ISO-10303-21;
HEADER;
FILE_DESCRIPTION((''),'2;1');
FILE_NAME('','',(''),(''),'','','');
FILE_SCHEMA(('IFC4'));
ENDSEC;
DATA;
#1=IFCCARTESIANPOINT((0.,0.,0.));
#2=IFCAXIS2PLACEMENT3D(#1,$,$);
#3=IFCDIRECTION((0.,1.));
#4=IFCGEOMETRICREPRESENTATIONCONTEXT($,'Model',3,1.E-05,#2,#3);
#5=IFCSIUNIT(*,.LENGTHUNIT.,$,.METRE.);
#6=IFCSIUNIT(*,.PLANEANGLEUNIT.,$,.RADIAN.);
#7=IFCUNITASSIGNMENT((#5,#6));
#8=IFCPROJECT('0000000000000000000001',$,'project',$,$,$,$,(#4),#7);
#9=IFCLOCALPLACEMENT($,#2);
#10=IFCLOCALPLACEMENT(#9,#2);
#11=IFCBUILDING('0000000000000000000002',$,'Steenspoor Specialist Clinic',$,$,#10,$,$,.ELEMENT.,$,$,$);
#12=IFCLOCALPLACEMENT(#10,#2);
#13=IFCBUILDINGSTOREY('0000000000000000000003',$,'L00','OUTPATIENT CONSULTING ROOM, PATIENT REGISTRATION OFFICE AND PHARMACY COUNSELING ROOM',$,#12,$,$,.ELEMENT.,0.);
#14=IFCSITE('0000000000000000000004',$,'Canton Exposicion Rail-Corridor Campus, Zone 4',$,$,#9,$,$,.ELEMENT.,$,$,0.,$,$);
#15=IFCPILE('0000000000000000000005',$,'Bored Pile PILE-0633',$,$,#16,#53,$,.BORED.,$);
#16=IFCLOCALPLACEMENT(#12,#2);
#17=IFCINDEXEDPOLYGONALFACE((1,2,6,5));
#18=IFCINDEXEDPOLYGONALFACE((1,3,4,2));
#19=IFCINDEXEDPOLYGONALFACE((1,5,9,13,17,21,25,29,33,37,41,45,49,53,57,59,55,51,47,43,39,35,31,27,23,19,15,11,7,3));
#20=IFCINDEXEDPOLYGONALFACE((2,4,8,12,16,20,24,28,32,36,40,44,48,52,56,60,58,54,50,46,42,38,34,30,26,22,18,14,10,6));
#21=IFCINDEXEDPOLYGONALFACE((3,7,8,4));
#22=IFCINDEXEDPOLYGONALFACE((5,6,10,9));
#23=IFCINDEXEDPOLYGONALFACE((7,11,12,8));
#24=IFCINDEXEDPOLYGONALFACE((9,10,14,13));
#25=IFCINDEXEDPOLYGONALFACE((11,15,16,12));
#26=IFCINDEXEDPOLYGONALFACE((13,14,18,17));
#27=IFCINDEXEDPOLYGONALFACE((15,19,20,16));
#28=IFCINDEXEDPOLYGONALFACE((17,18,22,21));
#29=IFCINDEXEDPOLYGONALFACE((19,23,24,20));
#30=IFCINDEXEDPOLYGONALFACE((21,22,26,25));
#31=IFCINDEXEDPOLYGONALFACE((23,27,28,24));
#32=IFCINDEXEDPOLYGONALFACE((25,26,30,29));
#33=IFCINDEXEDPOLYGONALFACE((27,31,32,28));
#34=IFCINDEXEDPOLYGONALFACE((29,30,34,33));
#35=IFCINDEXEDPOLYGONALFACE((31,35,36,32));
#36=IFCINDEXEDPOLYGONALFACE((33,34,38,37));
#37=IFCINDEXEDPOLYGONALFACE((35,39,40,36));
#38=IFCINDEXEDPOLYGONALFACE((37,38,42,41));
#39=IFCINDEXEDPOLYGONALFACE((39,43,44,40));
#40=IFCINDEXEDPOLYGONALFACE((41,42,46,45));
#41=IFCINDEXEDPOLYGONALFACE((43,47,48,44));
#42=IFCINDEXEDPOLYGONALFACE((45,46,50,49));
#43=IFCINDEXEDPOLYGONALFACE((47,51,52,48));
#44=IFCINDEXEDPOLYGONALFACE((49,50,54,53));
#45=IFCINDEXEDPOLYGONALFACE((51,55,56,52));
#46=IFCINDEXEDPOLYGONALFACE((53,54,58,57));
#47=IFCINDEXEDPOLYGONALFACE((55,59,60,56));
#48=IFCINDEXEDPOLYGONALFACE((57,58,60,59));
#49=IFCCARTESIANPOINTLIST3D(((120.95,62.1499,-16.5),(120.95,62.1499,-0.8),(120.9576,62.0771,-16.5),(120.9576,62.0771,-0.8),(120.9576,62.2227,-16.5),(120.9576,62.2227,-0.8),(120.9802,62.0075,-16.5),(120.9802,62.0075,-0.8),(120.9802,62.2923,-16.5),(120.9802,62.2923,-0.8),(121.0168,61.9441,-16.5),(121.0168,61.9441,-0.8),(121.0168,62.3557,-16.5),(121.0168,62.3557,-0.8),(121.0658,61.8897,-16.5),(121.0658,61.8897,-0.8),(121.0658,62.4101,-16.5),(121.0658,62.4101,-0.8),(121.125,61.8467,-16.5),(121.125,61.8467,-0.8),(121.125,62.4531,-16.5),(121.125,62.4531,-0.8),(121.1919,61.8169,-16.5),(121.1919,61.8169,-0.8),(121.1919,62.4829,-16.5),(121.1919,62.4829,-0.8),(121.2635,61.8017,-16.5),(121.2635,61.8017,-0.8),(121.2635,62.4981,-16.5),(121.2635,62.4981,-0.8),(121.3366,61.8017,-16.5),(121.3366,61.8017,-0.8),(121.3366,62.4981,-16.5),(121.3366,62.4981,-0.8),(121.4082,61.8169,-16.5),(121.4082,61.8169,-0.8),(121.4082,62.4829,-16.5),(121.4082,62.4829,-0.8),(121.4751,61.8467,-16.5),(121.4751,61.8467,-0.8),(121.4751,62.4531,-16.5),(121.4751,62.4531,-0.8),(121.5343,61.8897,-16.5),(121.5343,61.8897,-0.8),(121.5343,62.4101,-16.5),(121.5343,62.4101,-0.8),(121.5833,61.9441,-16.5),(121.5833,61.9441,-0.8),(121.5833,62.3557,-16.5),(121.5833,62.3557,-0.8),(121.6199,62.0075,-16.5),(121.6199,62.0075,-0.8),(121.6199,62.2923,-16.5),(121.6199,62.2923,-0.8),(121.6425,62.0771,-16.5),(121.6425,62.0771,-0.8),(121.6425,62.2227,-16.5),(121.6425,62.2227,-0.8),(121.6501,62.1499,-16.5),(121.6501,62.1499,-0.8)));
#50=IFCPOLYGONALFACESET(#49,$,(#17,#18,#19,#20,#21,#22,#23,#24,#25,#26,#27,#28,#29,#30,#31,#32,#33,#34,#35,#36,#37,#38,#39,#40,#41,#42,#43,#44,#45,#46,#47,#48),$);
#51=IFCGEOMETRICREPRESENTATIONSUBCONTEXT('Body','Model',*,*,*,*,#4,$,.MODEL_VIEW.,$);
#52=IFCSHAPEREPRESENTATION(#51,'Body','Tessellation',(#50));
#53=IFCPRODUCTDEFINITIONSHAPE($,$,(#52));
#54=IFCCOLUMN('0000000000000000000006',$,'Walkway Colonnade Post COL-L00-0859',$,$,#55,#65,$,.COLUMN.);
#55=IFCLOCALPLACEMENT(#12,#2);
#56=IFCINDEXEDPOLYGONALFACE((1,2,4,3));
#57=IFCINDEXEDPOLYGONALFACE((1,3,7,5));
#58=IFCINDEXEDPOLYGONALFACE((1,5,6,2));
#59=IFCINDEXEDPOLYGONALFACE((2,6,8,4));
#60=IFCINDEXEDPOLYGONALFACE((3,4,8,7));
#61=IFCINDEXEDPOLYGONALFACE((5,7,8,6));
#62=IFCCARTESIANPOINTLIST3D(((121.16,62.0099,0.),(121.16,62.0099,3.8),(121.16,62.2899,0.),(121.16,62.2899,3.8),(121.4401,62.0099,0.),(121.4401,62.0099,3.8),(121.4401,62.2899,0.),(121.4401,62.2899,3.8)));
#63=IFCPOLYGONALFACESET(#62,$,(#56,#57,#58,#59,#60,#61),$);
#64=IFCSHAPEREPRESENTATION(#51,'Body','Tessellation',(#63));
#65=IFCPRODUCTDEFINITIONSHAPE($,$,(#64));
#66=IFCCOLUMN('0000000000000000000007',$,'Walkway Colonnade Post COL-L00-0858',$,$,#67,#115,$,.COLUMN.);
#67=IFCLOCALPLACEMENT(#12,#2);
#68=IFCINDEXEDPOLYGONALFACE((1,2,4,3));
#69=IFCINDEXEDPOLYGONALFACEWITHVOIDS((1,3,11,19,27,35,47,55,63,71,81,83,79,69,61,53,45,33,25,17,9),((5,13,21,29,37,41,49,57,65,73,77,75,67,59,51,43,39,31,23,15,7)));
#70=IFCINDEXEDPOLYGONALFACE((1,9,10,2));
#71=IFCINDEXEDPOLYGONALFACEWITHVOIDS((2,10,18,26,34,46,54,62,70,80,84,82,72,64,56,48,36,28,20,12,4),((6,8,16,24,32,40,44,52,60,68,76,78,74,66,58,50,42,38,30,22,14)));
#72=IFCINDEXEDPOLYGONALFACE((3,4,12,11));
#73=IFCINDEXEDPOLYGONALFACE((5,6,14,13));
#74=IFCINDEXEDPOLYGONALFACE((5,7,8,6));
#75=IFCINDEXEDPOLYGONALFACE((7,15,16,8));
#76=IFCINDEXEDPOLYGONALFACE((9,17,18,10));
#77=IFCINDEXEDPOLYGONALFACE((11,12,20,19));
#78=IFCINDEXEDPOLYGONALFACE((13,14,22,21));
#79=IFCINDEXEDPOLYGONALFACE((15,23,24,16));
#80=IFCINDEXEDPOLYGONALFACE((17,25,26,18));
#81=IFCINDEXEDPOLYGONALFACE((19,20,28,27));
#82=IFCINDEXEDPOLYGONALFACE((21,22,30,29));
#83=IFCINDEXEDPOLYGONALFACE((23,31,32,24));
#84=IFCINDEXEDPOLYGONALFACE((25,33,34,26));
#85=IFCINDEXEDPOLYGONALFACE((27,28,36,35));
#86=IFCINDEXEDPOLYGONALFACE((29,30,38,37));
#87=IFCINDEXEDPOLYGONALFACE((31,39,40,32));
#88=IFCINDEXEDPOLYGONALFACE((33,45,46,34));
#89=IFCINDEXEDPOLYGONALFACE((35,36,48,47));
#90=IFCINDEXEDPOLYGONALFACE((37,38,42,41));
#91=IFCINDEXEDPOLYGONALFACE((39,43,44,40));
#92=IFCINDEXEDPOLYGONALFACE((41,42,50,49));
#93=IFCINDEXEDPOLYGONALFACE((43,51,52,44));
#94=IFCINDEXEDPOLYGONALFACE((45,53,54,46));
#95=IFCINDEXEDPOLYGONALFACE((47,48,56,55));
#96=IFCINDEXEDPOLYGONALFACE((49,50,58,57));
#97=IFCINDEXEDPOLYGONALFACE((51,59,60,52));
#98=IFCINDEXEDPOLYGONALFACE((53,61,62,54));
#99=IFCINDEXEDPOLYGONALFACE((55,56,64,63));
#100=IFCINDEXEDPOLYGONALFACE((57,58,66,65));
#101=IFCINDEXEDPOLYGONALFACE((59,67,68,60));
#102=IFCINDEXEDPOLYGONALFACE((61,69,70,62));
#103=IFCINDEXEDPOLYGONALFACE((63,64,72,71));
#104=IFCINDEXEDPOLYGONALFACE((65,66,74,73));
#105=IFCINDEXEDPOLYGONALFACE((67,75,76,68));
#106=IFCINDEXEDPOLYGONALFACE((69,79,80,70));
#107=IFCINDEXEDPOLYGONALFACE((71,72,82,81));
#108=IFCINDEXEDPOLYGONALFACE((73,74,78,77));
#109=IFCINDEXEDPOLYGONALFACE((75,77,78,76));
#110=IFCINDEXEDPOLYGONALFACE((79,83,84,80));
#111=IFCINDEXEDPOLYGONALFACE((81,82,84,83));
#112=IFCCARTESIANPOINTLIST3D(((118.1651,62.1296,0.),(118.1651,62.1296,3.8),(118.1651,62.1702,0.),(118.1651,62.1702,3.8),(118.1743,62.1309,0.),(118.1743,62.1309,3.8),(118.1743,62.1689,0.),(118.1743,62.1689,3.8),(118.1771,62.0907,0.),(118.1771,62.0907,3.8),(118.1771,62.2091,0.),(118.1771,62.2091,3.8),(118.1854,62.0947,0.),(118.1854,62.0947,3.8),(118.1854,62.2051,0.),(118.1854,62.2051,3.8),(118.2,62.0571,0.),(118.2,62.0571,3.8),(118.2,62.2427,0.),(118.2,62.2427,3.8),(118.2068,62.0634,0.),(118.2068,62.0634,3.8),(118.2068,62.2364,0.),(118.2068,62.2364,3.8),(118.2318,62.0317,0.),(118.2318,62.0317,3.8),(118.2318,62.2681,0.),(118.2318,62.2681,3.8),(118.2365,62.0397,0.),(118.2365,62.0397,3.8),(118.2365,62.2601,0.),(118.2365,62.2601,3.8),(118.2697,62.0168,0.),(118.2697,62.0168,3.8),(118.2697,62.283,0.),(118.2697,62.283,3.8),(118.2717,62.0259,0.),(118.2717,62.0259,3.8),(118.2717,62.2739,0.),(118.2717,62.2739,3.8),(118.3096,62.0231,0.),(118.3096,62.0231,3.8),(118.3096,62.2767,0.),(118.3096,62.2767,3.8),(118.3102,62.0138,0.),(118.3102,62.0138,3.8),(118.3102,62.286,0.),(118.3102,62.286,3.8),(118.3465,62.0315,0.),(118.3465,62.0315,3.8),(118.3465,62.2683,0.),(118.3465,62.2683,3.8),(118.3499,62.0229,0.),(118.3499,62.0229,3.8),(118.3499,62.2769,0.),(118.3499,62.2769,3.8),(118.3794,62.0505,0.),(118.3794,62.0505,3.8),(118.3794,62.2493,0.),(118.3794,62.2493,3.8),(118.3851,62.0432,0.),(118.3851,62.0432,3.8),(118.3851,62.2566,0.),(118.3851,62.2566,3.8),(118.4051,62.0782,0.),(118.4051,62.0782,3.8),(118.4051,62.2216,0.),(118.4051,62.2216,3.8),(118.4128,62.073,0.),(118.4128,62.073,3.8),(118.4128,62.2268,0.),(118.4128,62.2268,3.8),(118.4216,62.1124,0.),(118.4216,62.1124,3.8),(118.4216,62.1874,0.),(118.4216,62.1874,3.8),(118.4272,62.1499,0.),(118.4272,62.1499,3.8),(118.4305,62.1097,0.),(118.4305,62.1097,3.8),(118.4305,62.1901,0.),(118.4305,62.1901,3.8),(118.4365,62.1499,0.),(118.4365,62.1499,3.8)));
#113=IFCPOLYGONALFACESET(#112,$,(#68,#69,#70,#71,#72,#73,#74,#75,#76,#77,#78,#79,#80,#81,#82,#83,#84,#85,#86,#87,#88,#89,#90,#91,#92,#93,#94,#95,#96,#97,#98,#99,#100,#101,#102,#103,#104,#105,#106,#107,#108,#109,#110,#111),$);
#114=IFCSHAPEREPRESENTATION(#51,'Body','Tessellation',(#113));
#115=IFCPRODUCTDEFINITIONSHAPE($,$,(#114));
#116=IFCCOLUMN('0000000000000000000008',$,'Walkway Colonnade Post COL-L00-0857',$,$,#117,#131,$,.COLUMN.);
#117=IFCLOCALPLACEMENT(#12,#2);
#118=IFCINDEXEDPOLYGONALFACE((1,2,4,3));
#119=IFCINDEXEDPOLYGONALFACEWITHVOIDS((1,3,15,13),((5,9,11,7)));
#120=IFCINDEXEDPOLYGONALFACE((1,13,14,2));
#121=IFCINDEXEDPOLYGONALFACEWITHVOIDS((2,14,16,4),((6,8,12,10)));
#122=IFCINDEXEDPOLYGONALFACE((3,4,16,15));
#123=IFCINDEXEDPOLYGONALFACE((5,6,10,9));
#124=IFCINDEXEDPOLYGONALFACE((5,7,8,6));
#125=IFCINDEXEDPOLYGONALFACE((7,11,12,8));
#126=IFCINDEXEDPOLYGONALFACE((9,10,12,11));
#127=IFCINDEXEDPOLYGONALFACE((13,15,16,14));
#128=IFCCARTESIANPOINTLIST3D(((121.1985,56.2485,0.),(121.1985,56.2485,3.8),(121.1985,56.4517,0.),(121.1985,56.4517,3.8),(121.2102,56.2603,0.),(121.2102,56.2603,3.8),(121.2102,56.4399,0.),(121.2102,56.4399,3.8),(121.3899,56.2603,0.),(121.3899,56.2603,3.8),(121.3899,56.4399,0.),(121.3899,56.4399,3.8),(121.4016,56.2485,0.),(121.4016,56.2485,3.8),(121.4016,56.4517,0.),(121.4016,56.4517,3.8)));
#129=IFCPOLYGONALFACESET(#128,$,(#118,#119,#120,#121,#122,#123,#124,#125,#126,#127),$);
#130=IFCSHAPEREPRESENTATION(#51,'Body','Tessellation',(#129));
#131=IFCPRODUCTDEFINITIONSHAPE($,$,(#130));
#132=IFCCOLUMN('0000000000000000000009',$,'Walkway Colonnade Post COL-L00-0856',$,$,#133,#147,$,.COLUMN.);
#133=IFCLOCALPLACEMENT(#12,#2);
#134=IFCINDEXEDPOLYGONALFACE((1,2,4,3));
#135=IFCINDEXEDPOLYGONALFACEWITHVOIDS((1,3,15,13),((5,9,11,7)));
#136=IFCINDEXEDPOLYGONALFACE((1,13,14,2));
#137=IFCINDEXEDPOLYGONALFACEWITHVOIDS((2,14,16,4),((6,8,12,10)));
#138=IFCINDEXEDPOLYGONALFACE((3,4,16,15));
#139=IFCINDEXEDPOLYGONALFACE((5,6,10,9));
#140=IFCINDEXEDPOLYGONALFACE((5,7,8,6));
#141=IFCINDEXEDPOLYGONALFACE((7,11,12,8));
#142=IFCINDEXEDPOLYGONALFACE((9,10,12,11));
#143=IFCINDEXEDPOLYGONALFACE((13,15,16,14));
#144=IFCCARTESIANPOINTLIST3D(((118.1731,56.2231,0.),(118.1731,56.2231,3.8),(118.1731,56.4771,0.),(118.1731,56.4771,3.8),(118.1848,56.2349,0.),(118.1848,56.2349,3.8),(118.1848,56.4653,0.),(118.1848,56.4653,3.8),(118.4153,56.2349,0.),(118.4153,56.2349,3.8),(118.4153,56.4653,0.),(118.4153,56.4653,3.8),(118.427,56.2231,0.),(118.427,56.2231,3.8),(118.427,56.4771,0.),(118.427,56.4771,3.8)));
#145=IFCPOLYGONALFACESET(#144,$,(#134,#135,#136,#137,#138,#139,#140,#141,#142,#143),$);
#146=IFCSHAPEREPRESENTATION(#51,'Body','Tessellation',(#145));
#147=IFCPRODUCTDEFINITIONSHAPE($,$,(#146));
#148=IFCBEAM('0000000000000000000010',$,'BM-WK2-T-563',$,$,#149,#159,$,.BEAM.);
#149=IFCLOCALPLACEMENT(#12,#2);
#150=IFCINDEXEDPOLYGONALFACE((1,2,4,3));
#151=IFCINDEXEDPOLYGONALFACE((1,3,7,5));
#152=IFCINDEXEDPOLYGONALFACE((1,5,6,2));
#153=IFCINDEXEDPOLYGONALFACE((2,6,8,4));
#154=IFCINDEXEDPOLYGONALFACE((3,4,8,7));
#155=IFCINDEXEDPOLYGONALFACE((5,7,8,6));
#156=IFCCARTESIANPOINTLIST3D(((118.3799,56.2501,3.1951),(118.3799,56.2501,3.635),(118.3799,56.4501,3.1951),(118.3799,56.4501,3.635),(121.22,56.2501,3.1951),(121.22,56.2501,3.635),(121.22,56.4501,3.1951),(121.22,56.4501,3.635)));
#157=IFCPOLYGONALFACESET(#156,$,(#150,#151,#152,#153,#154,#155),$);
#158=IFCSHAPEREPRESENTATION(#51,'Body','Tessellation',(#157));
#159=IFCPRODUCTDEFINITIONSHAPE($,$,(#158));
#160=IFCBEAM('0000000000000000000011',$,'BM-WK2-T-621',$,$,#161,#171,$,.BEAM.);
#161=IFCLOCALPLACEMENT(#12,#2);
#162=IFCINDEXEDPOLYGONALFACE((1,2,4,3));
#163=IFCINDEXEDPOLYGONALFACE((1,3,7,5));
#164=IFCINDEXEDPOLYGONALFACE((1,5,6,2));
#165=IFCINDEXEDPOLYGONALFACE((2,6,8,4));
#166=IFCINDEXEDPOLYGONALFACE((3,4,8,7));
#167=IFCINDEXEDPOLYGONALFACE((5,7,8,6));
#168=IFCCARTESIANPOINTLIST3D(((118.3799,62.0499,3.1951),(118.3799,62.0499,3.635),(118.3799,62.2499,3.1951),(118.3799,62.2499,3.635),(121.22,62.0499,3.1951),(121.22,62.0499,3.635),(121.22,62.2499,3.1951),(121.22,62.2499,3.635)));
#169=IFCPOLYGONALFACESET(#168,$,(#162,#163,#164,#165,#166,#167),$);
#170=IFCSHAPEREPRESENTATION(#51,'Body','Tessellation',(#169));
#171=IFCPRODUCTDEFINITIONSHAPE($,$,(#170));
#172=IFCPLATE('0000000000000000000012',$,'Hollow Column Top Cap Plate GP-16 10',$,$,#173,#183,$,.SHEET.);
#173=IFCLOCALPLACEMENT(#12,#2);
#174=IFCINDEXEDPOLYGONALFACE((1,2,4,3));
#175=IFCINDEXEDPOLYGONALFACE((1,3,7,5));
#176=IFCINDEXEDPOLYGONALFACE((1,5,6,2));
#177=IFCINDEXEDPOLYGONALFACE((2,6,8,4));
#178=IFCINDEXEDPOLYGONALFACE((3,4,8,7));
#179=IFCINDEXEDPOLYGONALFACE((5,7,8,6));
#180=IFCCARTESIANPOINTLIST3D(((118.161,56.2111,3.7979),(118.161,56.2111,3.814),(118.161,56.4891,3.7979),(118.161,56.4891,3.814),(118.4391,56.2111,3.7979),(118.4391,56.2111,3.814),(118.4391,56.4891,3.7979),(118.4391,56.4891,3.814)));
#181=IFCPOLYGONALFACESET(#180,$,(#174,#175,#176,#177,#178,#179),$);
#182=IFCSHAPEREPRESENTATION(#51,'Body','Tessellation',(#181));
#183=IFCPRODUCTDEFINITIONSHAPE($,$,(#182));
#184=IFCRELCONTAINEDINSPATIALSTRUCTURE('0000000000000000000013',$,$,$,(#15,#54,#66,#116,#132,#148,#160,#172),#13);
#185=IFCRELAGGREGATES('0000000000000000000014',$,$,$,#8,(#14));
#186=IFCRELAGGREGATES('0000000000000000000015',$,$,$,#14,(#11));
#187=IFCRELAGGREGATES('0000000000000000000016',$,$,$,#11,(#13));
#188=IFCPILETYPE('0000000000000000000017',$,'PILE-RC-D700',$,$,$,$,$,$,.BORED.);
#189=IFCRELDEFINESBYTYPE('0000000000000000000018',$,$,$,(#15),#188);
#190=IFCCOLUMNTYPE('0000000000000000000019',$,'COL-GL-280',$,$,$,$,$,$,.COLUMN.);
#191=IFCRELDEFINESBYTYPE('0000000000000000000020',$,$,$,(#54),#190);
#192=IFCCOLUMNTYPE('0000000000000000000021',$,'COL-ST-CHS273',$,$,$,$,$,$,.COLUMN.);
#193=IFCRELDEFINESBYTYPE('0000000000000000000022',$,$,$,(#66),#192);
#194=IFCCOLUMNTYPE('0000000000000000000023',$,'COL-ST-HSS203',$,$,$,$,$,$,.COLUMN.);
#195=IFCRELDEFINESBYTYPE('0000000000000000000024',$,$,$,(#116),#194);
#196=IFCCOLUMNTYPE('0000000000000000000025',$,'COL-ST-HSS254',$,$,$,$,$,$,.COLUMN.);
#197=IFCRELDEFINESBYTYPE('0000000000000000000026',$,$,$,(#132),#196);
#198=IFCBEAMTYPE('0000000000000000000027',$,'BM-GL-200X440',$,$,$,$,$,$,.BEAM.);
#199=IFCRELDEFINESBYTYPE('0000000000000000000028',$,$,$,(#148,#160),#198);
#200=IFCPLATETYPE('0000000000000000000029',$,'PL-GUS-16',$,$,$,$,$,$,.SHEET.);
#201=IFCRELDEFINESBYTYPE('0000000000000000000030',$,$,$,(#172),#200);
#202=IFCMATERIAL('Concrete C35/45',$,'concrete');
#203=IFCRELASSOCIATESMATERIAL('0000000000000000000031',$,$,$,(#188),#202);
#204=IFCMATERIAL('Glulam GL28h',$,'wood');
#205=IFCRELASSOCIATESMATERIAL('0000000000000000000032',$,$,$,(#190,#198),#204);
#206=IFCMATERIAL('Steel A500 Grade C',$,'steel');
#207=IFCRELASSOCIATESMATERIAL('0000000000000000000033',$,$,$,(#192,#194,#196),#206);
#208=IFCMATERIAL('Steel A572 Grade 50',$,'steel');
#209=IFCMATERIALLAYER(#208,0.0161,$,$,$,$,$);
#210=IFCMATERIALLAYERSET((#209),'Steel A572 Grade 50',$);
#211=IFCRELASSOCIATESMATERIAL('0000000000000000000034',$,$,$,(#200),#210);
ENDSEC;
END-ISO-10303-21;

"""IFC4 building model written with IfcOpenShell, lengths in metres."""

from ifc_helpers import new_model, si_unit, direction, frame, origin, origin_2d, place, context, subcontext, project, spatial, rectangle, hollow_rectangle, circle, hollow_circle, extrude, material, layer, layer_set, material_profile, profile_set, type_object, element, save


model = new_model("IFC4")

# Units and contexts
model_context = context("Model", 3, precision=1e-05, world=origin(), true_north=direction((0.0, 1.0)))
body_context = subcontext(model_context, "Body", "Model", "MODEL_VIEW")
ifc_project = project(units=[si_unit("LENGTHUNIT", "METRE"), si_unit("PLANEANGLEUNIT", "RADIAN")], contexts=[model_context])

# Site, building, storey
site_placement = place(None, origin())
site = spatial("IfcSite", under=ifc_project, at=site_placement, Name="Canton Exposicion Rail-Corridor Campus, Zone 4", CompositionType="ELEMENT", RefElevation=0.0)
building_placement = place(site_placement, origin())
building = spatial("IfcBuilding", under=site, at=building_placement, Name="Steenspoor Specialist Clinic", CompositionType="ELEMENT")
storey_placement = place(building_placement, origin())
storey = spatial("IfcBuildingStorey", under=building, at=storey_placement, Name="L00", Description="OUTPATIENT CONSULTING ROOM, PATIENT REGISTRATION OFFICE AND PHARMACY COUNSELING ROOM", CompositionType="ELEMENT", Elevation=0.0)

# Shared definitions
ifc_material_1 = material(Name="Concrete C35/45", Category="concrete")

# Pile
ifc_material_profile_1 = material_profile(ifc_material_1, circle(Radius=0.3501, at=origin_2d()), Name="PILE-D700")
ifc_profile_set_1 = profile_set([ifc_material_profile_1], Name="Concrete C35/45")
pile_type = type_object("IfcPileType", Name="PILE-RC-D700", PredefinedType="BORED", material=ifc_profile_set_1)
for number, where, z_axis, x_axis, name in (
    (1, (121.3, 62.1499, -0.8), (0.0, 0.0, -1.0), (1.0, 0.0, 0.0), "Bored Pile PILE-0633"),
):
    element("IfcPile", number, at=place(storey_placement, frame(where, z_axis=z_axis, x_axis=x_axis)), inside=storey, type_object=pile_type, Name=name, PredefinedType="BORED", context=body_context, shape_type="SweptSolid", body=[
        extrude(circle(Radius=0.3501, at=origin_2d()), origin(), (0.0, 0.0, 1.0), 15.7),
    ])

# Columns
ifc_material_2 = material(Name="Glulam GL28h", Category="wood")
ifc_material_profile_2 = material_profile(ifc_material_2, rectangle(XDim=0.28, YDim=0.28, at=origin_2d()), Name="GL28H-280X280")
ifc_profile_set_2 = profile_set([ifc_material_profile_2], Name="Glulam GL28h")
column_type_1 = type_object("IfcColumnType", Name="COL-GL-280", PredefinedType="COLUMN", material=ifc_profile_set_2)
column_1_placement = place(storey_placement, frame((121.3, 62.1499, 0.0), z_axis=(0.0, 0.0, 1.0), x_axis=(1.0, 0.0, 0.0)))
element("IfcColumn", 2, at=column_1_placement, inside=storey, type_object=column_type_1, Name="Walkway Colonnade Post COL-L00-0859", PredefinedType="COLUMN", context=body_context, shape_type="SweptSolid", body=[
    extrude(rectangle(XDim=0.28, YDim=0.28, at=origin_2d()), origin(), (0.0, 0.0, 1.0), 3.8),
])
ifc_material_3 = material(Name="Steel A500 Grade C", Category="steel")
ifc_material_profile_3 = material_profile(ifc_material_3, hollow_circle(Radius=0.1365, WallThickness=0.0093, at=origin_2d()), Name="CHS273X9.3")
ifc_profile_set_3 = profile_set([ifc_material_profile_3], Name="Steel A500 Grade C")
column_type_2 = type_object("IfcColumnType", Name="COL-ST-CHS273", PredefinedType="COLUMN", material=ifc_profile_set_3)
column_2_placement = place(storey_placement, frame((118.3, 62.1499, 0.0), z_axis=(0.0, 0.0, 1.0), x_axis=(1.0, 0.0, 0.0)))
element("IfcColumn", 3, at=column_2_placement, inside=storey, type_object=column_type_2, Name="Walkway Colonnade Post COL-L00-0858", PredefinedType="COLUMN", context=body_context, shape_type="SweptSolid", body=[
    extrude(hollow_circle(Radius=0.1365, WallThickness=0.0093, at=origin_2d()), origin(), (0.0, 0.0, 1.0), 3.8),
])
ifc_material_profile_4 = material_profile(ifc_material_3, hollow_rectangle(XDim=0.2031, YDim=0.2031, WallThickness=0.0117, at=origin_2d()), Name="HSS203X203X12.7")
ifc_profile_set_4 = profile_set([ifc_material_profile_4], Name="Steel A500 Grade C")
column_type_3 = type_object("IfcColumnType", Name="COL-ST-HSS203", PredefinedType="COLUMN", material=ifc_profile_set_4)
column_3_placement = place(storey_placement, frame((121.3, 56.3501, 0.0), z_axis=(0.0, 0.0, 1.0), x_axis=(1.0, 0.0, 0.0)))
element("IfcColumn", 4, at=column_3_placement, inside=storey, type_object=column_type_3, Name="Walkway Colonnade Post COL-L00-0857", PredefinedType="COLUMN", context=body_context, shape_type="SweptSolid", body=[
    extrude(hollow_rectangle(XDim=0.2031, YDim=0.2031, WallThickness=0.0117, at=origin_2d()), origin(), (0.0, 0.0, 1.0), 3.8),
])
ifc_material_profile_5 = material_profile(ifc_material_3, hollow_rectangle(XDim=0.2539, YDim=0.2539, WallThickness=0.0117, at=origin_2d()), Name="HSS254X254X12.7")
ifc_profile_set_5 = profile_set([ifc_material_profile_5], Name="Steel A500 Grade C")
column_type_4 = type_object("IfcColumnType", Name="COL-ST-HSS254", PredefinedType="COLUMN", material=ifc_profile_set_5)
column_4_placement = place(storey_placement, frame((118.3, 56.3501, 0.0), z_axis=(0.0, 0.0, 1.0), x_axis=(1.0, 0.0, 0.0)))
element("IfcColumn", 5, at=column_4_placement, inside=storey, type_object=column_type_4, Name="Walkway Colonnade Post COL-L00-0856", PredefinedType="COLUMN", context=body_context, shape_type="SweptSolid", body=[
    extrude(hollow_rectangle(XDim=0.2539, YDim=0.2539, WallThickness=0.0117, at=origin_2d()), origin(), (0.0, 0.0, 1.0), 3.8),
])

# Beams
ifc_material_profile_6 = material_profile(ifc_material_2, rectangle(XDim=0.2, YDim=0.4399, at=origin_2d()), Name="GL28H-200X440")
ifc_profile_set_6 = profile_set([ifc_material_profile_6], Name="Glulam GL28h")
beam_type = type_object("IfcBeamType", Name="BM-GL-200X440", PredefinedType="BEAM", material=ifc_profile_set_6)
for number, where, z_axis, x_axis, name in (
    (6, (118.3799, 56.3501, 3.415), (1.0, 0.0, 0.0), (0.0, 1.0, 0.0), "BM-WK2-T-563"),
    (7, (118.3799, 62.1499, 3.415), (1.0, 0.0, 0.0), (0.0, 1.0, 0.0), "BM-WK2-T-621"),
):
    element("IfcBeam", number, at=place(storey_placement, frame(where, z_axis=z_axis, x_axis=x_axis)), inside=storey, type_object=beam_type, Name=name, PredefinedType="BEAM", context=body_context, shape_type="SweptSolid", body=[
        extrude(rectangle(XDim=0.2, YDim=0.4399, at=origin_2d()), origin(), (0.0, 0.0, 1.0), 2.8401),
    ])

# Plate
ifc_material_4 = material(Name="Steel A572 Grade 50", Category="steel")
ifc_layer = layer(ifc_material_4, 0.0161)
ifc_layer_set = layer_set([ifc_layer], Name="Steel A572 Grade 50")
plate_type = type_object("IfcPlateType", Name="PL-GUS-16", PredefinedType="SHEET", material=ifc_layer_set)
plate_1_placement = place(storey_placement, frame((118.3, 56.3501, 3.7979), z_axis=(0.0, 0.0, 1.0), x_axis=(1.0, 0.0, 0.0)))
element("IfcPlate", 8, at=plate_1_placement, inside=storey, type_object=plate_type, Name="Hollow Column Top Cap Plate GP-16 10", PredefinedType="SHEET", context=body_context, shape_type="SweptSolid", body=[
    extrude(rectangle(XDim=0.2781, YDim=0.2781, at=origin_2d()), origin(), (0.0, 0.0, 1.0), 0.0161),
])

save(model, "model.ifc")
